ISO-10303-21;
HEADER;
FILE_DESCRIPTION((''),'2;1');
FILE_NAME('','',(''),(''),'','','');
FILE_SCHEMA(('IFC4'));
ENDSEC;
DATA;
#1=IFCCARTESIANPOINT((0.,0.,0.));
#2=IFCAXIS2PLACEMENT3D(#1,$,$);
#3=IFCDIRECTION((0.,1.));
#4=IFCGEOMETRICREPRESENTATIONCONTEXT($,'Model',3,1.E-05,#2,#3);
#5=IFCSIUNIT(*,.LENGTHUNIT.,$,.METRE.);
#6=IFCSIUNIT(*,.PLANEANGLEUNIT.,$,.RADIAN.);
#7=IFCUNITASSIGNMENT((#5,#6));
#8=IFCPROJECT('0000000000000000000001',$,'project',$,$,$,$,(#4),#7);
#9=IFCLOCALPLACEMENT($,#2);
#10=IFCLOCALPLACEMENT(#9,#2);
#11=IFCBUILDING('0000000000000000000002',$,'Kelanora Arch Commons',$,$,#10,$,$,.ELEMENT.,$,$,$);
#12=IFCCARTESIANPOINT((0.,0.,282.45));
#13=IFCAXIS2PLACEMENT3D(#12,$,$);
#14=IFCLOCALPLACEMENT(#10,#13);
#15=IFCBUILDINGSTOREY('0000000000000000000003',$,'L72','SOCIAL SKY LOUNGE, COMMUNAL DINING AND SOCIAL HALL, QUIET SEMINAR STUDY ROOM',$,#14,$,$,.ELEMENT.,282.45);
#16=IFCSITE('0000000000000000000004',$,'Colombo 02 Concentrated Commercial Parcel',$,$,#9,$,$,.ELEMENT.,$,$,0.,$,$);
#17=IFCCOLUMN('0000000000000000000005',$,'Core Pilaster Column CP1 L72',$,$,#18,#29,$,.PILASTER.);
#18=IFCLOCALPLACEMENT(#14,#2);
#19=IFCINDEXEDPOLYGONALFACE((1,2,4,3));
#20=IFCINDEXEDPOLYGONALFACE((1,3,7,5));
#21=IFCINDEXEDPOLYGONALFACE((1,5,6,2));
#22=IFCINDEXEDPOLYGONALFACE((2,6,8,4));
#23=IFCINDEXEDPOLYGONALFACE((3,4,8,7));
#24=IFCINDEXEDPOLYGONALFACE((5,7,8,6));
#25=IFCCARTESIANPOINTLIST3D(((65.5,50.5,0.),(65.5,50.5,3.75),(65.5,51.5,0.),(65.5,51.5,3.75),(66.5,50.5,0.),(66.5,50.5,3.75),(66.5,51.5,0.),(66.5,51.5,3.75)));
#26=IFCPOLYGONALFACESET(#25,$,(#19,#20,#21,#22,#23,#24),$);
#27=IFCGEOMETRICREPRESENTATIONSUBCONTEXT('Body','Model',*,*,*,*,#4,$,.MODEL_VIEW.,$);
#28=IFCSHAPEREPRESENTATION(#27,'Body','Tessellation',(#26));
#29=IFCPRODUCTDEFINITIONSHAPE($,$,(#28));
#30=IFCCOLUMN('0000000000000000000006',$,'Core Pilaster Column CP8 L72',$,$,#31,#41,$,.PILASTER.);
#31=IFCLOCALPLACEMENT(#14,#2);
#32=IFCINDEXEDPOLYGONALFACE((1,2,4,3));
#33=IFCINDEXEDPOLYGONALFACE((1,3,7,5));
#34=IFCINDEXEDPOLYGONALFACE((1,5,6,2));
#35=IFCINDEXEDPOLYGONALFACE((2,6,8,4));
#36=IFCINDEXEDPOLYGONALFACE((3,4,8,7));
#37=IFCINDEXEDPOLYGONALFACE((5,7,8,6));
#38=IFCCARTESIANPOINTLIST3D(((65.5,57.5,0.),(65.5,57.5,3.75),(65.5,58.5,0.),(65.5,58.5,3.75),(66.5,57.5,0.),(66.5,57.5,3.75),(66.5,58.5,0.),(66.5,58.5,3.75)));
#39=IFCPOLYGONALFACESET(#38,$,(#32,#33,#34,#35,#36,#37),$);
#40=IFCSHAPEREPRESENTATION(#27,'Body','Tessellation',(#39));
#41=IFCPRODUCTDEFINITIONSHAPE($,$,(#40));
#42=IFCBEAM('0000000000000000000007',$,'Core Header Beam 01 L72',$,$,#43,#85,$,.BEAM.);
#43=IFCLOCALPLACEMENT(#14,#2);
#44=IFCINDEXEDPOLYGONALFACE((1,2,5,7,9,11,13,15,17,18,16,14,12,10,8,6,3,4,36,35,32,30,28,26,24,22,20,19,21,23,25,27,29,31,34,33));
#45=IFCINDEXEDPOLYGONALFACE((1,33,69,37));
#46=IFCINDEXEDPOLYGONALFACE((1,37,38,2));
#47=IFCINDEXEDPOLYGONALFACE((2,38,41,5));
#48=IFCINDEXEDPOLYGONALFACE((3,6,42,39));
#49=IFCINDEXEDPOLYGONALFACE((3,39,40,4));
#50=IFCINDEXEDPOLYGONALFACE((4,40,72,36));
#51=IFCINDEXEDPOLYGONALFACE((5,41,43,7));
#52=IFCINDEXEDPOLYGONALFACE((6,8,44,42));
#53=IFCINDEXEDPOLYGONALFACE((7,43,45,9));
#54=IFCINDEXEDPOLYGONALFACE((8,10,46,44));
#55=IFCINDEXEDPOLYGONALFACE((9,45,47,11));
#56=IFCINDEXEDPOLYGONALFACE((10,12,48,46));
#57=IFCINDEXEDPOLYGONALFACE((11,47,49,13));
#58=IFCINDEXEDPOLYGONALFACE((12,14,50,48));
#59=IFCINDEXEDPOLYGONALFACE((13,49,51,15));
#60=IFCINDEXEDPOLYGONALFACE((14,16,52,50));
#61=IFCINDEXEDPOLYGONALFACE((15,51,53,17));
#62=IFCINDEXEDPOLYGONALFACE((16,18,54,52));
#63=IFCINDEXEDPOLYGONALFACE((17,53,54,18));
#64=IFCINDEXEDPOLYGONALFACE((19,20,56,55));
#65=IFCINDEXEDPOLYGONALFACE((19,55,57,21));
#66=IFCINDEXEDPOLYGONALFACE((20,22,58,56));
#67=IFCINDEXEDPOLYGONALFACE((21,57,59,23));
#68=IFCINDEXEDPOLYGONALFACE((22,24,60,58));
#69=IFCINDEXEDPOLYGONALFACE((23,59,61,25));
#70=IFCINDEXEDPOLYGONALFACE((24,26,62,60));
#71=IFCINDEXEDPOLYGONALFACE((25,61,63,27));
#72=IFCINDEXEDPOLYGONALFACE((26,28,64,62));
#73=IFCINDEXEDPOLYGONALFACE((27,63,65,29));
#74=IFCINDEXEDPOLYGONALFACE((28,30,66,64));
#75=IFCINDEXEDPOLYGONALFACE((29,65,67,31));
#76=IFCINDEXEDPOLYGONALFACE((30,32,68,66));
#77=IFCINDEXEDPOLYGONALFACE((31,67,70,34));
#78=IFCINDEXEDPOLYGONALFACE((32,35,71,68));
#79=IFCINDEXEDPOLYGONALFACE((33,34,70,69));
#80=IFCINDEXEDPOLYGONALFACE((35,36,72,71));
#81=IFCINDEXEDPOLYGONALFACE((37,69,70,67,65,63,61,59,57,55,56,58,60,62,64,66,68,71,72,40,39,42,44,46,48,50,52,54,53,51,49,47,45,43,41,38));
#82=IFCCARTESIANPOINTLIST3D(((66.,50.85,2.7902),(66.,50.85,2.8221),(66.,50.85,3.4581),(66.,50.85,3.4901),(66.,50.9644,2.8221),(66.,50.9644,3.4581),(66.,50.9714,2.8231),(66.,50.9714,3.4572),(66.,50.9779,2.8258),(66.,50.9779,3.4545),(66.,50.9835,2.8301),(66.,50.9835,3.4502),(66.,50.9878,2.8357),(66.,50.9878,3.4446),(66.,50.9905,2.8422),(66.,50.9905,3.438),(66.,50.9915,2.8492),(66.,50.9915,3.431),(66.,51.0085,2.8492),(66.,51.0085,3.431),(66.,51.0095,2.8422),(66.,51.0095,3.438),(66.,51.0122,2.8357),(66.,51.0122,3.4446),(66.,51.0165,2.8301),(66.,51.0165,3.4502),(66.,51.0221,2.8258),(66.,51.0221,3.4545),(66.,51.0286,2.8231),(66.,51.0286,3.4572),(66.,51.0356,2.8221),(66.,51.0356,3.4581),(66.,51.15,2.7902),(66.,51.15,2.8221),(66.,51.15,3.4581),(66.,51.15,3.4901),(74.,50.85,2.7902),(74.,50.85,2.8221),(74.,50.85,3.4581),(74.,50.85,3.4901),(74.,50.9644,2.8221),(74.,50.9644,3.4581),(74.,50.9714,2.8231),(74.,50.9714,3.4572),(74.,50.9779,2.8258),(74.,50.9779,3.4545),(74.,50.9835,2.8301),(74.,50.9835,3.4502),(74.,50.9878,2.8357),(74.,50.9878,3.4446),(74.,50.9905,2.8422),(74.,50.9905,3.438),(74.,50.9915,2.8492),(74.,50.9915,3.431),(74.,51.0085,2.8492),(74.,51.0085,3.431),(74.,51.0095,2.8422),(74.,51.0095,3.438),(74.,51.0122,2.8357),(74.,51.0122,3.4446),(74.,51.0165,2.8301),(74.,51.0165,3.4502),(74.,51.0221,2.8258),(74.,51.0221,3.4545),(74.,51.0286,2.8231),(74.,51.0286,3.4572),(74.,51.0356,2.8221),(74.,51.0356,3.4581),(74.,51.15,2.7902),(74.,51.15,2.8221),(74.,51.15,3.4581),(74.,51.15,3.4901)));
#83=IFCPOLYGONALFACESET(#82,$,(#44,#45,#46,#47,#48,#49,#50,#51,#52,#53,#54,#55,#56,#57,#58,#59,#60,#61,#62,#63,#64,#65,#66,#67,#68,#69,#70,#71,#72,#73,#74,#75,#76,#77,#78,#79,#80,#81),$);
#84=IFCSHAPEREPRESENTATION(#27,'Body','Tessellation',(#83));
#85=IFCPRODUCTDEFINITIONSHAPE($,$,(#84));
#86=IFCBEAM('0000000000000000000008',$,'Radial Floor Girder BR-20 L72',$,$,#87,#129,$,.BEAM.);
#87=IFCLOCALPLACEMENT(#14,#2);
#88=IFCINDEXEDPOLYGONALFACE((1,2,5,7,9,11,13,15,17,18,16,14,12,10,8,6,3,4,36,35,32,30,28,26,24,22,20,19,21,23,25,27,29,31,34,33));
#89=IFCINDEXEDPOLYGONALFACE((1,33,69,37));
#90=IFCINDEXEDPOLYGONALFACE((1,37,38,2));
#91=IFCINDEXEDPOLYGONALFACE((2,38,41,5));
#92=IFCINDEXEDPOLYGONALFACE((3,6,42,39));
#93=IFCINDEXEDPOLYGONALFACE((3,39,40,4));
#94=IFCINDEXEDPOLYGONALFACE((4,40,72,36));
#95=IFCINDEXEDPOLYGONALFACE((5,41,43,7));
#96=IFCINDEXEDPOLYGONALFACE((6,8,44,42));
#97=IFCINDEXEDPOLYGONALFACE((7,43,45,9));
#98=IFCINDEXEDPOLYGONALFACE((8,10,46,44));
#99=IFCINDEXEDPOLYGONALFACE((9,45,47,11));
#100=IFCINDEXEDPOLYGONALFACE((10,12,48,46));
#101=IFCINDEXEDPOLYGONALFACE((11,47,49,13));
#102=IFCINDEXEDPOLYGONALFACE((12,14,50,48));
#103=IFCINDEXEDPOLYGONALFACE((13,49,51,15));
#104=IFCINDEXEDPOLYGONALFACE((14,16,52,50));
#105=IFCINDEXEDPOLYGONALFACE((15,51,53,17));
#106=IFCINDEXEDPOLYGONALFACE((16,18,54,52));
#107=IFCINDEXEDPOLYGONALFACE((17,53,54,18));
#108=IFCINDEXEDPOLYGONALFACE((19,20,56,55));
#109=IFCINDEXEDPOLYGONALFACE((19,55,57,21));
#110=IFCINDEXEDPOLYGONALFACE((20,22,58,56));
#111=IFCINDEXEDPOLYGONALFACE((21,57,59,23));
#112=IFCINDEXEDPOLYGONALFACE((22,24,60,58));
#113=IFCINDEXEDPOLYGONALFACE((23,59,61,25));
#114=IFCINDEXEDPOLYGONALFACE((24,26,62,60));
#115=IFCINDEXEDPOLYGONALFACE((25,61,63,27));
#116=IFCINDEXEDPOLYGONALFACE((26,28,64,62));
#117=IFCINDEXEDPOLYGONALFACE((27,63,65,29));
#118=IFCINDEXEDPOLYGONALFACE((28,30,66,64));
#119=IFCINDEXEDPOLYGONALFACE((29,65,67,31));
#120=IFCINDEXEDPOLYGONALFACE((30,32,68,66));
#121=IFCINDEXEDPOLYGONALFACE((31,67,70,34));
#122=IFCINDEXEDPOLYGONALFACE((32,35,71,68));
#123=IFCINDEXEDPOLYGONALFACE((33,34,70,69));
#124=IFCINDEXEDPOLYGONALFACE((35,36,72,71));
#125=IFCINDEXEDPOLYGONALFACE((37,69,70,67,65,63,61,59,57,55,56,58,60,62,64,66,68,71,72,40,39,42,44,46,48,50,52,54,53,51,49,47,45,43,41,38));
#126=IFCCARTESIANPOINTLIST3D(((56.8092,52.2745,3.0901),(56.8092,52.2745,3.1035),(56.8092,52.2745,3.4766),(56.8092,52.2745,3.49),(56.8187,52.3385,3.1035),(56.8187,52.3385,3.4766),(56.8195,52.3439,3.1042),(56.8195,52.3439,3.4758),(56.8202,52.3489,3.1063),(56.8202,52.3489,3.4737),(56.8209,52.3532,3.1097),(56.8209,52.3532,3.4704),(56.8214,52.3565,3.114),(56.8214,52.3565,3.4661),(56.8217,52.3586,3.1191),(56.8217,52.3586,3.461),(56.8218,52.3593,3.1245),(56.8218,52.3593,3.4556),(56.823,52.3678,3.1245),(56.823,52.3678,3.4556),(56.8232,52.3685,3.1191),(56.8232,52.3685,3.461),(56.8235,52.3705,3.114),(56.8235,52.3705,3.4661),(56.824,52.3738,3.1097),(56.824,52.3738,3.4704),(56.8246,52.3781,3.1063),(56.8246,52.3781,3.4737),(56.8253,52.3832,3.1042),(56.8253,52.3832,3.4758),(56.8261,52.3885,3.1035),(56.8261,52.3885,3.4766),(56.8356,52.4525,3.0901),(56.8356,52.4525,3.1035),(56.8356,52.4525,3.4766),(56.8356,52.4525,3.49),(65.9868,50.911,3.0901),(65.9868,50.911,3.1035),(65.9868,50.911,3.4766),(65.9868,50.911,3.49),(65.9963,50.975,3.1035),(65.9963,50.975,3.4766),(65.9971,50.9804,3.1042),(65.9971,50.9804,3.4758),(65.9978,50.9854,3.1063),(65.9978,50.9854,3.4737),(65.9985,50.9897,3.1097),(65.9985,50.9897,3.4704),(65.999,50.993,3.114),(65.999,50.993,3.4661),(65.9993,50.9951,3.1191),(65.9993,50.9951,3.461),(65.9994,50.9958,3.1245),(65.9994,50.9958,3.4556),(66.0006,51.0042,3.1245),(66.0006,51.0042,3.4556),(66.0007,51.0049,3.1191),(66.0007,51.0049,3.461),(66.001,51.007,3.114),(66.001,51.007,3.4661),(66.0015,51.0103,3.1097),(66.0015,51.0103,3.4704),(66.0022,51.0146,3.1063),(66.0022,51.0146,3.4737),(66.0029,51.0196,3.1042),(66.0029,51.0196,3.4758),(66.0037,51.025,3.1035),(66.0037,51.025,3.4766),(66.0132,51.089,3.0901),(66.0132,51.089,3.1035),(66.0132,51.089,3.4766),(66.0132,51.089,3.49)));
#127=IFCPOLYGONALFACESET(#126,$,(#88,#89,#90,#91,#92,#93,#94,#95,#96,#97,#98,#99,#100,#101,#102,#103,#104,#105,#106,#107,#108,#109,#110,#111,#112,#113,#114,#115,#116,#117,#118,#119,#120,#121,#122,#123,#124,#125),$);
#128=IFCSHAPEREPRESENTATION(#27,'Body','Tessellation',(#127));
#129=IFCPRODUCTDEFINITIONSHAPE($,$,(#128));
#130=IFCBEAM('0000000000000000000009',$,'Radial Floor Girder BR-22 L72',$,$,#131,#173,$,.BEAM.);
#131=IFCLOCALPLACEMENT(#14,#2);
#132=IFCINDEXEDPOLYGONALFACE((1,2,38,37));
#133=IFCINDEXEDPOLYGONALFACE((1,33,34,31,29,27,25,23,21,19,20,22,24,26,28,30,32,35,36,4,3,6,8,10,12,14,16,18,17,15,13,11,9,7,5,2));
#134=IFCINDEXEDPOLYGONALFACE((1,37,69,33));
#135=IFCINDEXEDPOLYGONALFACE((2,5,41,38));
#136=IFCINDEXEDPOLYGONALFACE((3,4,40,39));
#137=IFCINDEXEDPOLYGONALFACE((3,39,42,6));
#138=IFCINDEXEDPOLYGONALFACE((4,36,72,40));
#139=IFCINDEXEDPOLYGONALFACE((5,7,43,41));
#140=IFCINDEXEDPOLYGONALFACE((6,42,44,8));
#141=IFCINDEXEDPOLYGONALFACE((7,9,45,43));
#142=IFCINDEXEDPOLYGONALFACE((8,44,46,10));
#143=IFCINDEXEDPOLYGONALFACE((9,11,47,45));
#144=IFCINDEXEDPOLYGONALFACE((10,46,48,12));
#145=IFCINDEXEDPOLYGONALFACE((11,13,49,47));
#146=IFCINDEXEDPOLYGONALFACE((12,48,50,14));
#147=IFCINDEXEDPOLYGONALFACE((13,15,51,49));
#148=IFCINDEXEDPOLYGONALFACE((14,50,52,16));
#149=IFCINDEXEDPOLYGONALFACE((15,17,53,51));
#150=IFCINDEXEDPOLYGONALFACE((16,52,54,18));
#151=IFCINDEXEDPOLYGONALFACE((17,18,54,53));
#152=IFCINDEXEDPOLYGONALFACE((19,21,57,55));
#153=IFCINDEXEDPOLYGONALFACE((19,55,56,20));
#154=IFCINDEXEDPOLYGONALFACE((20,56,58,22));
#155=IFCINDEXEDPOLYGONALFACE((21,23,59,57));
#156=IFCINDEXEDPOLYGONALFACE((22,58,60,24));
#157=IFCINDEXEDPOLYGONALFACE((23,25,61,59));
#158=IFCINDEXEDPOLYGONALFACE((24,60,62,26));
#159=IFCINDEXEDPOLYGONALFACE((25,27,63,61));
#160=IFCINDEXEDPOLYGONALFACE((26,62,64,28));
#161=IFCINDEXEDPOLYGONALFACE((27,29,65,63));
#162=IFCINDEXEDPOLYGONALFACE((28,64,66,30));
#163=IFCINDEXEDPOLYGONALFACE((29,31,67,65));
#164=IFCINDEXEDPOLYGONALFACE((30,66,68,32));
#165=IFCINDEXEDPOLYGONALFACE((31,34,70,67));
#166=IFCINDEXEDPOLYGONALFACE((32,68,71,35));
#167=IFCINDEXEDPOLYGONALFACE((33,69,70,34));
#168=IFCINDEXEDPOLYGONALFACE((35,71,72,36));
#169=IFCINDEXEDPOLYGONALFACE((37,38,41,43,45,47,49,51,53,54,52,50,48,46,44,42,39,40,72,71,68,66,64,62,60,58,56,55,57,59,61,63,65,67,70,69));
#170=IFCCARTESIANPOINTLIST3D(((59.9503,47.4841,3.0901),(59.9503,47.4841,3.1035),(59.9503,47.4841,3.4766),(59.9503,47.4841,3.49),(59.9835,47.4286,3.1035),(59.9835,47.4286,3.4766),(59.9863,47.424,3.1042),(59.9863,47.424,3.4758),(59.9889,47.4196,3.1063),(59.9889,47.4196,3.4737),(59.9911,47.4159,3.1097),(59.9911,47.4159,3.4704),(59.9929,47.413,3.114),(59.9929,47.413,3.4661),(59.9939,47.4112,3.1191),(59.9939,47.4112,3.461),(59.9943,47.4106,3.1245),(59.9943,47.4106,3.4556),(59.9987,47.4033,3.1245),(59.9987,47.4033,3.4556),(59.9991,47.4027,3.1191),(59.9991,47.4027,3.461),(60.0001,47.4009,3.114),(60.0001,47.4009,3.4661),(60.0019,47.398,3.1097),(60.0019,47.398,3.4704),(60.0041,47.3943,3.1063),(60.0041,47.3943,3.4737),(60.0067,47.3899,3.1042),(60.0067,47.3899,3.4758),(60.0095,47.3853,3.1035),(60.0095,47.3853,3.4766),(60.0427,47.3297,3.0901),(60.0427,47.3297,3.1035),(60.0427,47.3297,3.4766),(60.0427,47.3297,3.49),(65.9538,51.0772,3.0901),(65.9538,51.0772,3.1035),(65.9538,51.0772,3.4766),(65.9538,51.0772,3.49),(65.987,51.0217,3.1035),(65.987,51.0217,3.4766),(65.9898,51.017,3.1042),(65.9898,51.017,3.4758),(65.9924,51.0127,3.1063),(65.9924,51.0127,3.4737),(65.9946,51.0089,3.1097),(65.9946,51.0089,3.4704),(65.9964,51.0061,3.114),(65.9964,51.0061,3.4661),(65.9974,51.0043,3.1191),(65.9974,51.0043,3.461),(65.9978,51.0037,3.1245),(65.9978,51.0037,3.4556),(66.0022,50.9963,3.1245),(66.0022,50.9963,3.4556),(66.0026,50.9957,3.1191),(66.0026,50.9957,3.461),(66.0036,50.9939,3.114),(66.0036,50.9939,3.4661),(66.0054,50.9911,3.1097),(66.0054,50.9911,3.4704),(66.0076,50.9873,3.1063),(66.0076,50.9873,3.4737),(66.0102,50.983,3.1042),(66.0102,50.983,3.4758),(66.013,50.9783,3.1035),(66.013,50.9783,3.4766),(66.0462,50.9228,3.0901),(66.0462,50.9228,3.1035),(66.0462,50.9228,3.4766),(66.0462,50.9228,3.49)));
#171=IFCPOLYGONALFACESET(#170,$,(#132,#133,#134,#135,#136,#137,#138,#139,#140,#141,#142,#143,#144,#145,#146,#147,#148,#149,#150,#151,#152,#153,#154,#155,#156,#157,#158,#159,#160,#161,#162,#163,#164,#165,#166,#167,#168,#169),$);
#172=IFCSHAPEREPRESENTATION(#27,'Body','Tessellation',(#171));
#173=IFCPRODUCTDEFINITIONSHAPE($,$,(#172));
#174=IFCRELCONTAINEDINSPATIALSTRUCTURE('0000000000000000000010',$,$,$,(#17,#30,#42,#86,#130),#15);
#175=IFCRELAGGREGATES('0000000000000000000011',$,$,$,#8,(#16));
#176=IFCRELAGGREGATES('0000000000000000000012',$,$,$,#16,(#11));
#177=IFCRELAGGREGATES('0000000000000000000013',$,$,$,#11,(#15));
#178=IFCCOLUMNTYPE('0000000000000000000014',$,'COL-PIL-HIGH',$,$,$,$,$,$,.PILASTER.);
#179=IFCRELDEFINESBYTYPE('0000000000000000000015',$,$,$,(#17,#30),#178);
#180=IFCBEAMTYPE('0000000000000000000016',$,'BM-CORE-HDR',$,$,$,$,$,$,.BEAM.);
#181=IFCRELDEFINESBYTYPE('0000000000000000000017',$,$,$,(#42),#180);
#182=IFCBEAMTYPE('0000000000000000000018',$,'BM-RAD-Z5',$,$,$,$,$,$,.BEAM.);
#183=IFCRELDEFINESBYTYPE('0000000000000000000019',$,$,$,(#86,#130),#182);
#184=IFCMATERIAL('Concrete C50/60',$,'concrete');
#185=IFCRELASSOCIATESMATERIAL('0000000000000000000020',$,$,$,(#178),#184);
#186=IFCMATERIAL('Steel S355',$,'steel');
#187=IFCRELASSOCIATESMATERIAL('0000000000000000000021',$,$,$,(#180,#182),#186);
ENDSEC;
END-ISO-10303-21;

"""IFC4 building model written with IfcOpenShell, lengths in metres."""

from ifc_helpers import new_model, si_unit, direction, frame, origin, origin_2d, place, context, subcontext, project, spatial, rectangle, i_section, extrude, material, material_profile, profile_set, type_object, element, save


model = new_model("IFC4")

# Units and contexts
model_context = context("Model", 3, precision=1e-05, world=origin(), true_north=direction((0.0, 1.0)))
body_context = subcontext(model_context, "Body", "Model", "MODEL_VIEW")
ifc_project = project(units=[si_unit("LENGTHUNIT", "METRE"), si_unit("PLANEANGLEUNIT", "RADIAN")], contexts=[model_context])

# Site, building, storey
site_placement = place(None, origin())
site = spatial("IfcSite", under=ifc_project, at=site_placement, Name="Colombo 02 Concentrated Commercial Parcel", CompositionType="ELEMENT", RefElevation=0.0)
building_placement = place(site_placement, origin())
building = spatial("IfcBuilding", under=site, at=building_placement, Name="Kelanora Arch Commons", CompositionType="ELEMENT")
storey_placement = place(building_placement, frame((0.0, 0.0, 282.45)))
storey = spatial("IfcBuildingStorey", under=building, at=storey_placement, Name="L72", Description="SOCIAL SKY LOUNGE, COMMUNAL DINING AND SOCIAL HALL, QUIET SEMINAR STUDY ROOM", CompositionType="ELEMENT", Elevation=282.45)

# Columns
ifc_material_1 = material(Name="Concrete C50/60", Category="concrete")
ifc_material_profile_1 = material_profile(ifc_material_1, rectangle(XDim=1.0, YDim=1.0, at=origin_2d()), Name="RC1000x1000")
ifc_profile_set_1 = profile_set([ifc_material_profile_1], Name="Concrete C50/60")
column_type = type_object("IfcColumnType", Name="COL-PIL-HIGH", PredefinedType="PILASTER", material=ifc_profile_set_1)
for number, where, z_axis, x_axis, name in (
    (1, (66.0, 51.0, 0.0), (0.0, 0.0, 1.0), (1.0, 0.0, 0.0), "Core Pilaster Column CP1 L72"),
    (2, (66.0, 58.0, 0.0), (0.0, 0.0, 1.0), (1.0, 0.0, 0.0), "Core Pilaster Column CP8 L72"),
):
    element("IfcColumn", number, at=place(storey_placement, frame(where, z_axis=z_axis, x_axis=x_axis)), inside=storey, type_object=column_type, Name=name, PredefinedType="PILASTER", context=body_context, shape_type="SweptSolid", body=[
        extrude(rectangle(XDim=1.0, YDim=1.0, at=origin_2d()), origin(), (0.0, 0.0, 1.0), 3.75),
    ])

# Beams
ifc_material_2 = material(Name="Steel S355", Category="steel")
ifc_material_profile_2 = material_profile(ifc_material_2, i_section(OverallWidth=0.3, OverallDepth=0.7, WebThickness=0.0171, FlangeThickness=0.032, FilletRadius=0.0271, at=origin_2d()), Name="HEB700")
ifc_profile_set_2 = profile_set([ifc_material_profile_2], Name="Steel S355")
beam_type_1 = type_object("IfcBeamType", Name="BM-CORE-HDR", PredefinedType="BEAM", material=ifc_profile_set_2)
beam_1_placement = place(storey_placement, frame((66.0, 51.0, 3.1401), z_axis=(1.0, 0.0, 0.0), x_axis=(0.0, 1.0, 0.0)))
element("IfcBeam", 3, at=beam_1_placement, inside=storey, type_object=beam_type_1, Name="Core Header Beam 01 L72", PredefinedType="BEAM", context=body_context, shape_type="SweptSolid", body=[
    extrude(i_section(OverallWidth=0.3, OverallDepth=0.7, WebThickness=0.0171, FlangeThickness=0.032, FilletRadius=0.0271, at=origin_2d()), origin(), (0.0, 0.0, 1.0), 8.0),
])
ifc_material_profile_3 = material_profile(ifc_material_2, i_section(OverallWidth=0.1799, OverallDepth=0.3999, WebThickness=0.0085, FlangeThickness=0.0134, FilletRadius=0.021, at=origin_2d()), Name="IPE400")
ifc_profile_set_3 = profile_set([ifc_material_profile_3], Name="Steel S355")
beam_type_2 = type_object("IfcBeamType", Name="BM-RAD-Z5", PredefinedType="BEAM", material=ifc_profile_set_3)
beam_2_placement = place(storey_placement, frame((66.0, 51.0, 3.29), z_axis=(-0.989142, 0.14696, 0.0), x_axis=(-0.14696, -0.989142, 0.0)))
element("IfcBeam", 4, at=beam_2_placement, inside=storey, type_object=beam_type_2, Name="Radial Floor Girder BR-20 L72", PredefinedType="BEAM", context=body_context, shape_type="SweptSolid", body=[
    extrude(i_section(OverallWidth=0.1799, OverallDepth=0.3999, WebThickness=0.0085, FlangeThickness=0.0134, FilletRadius=0.021, at=origin_2d()), origin(), (0.0, 0.0, 1.0), 9.2783),
])
beam_3_placement = place(storey_placement, frame((66.0, 51.0, 3.29), z_axis=(-0.858062, -0.513546, 0.0), x_axis=(0.513546, -0.858062, 0.0)))
element("IfcBeam", 5, at=beam_3_placement, inside=storey, type_object=beam_type_2, Name="Radial Floor Girder BR-22 L72", PredefinedType="BEAM", context=body_context, shape_type="SweptSolid", body=[
    extrude(i_section(OverallWidth=0.1799, OverallDepth=0.3999, WebThickness=0.0085, FlangeThickness=0.0134, FilletRadius=0.021, at=origin_2d()), origin(), (0.0, 0.0, 1.0), 6.9966),
])

save(model, "model.ifc")
